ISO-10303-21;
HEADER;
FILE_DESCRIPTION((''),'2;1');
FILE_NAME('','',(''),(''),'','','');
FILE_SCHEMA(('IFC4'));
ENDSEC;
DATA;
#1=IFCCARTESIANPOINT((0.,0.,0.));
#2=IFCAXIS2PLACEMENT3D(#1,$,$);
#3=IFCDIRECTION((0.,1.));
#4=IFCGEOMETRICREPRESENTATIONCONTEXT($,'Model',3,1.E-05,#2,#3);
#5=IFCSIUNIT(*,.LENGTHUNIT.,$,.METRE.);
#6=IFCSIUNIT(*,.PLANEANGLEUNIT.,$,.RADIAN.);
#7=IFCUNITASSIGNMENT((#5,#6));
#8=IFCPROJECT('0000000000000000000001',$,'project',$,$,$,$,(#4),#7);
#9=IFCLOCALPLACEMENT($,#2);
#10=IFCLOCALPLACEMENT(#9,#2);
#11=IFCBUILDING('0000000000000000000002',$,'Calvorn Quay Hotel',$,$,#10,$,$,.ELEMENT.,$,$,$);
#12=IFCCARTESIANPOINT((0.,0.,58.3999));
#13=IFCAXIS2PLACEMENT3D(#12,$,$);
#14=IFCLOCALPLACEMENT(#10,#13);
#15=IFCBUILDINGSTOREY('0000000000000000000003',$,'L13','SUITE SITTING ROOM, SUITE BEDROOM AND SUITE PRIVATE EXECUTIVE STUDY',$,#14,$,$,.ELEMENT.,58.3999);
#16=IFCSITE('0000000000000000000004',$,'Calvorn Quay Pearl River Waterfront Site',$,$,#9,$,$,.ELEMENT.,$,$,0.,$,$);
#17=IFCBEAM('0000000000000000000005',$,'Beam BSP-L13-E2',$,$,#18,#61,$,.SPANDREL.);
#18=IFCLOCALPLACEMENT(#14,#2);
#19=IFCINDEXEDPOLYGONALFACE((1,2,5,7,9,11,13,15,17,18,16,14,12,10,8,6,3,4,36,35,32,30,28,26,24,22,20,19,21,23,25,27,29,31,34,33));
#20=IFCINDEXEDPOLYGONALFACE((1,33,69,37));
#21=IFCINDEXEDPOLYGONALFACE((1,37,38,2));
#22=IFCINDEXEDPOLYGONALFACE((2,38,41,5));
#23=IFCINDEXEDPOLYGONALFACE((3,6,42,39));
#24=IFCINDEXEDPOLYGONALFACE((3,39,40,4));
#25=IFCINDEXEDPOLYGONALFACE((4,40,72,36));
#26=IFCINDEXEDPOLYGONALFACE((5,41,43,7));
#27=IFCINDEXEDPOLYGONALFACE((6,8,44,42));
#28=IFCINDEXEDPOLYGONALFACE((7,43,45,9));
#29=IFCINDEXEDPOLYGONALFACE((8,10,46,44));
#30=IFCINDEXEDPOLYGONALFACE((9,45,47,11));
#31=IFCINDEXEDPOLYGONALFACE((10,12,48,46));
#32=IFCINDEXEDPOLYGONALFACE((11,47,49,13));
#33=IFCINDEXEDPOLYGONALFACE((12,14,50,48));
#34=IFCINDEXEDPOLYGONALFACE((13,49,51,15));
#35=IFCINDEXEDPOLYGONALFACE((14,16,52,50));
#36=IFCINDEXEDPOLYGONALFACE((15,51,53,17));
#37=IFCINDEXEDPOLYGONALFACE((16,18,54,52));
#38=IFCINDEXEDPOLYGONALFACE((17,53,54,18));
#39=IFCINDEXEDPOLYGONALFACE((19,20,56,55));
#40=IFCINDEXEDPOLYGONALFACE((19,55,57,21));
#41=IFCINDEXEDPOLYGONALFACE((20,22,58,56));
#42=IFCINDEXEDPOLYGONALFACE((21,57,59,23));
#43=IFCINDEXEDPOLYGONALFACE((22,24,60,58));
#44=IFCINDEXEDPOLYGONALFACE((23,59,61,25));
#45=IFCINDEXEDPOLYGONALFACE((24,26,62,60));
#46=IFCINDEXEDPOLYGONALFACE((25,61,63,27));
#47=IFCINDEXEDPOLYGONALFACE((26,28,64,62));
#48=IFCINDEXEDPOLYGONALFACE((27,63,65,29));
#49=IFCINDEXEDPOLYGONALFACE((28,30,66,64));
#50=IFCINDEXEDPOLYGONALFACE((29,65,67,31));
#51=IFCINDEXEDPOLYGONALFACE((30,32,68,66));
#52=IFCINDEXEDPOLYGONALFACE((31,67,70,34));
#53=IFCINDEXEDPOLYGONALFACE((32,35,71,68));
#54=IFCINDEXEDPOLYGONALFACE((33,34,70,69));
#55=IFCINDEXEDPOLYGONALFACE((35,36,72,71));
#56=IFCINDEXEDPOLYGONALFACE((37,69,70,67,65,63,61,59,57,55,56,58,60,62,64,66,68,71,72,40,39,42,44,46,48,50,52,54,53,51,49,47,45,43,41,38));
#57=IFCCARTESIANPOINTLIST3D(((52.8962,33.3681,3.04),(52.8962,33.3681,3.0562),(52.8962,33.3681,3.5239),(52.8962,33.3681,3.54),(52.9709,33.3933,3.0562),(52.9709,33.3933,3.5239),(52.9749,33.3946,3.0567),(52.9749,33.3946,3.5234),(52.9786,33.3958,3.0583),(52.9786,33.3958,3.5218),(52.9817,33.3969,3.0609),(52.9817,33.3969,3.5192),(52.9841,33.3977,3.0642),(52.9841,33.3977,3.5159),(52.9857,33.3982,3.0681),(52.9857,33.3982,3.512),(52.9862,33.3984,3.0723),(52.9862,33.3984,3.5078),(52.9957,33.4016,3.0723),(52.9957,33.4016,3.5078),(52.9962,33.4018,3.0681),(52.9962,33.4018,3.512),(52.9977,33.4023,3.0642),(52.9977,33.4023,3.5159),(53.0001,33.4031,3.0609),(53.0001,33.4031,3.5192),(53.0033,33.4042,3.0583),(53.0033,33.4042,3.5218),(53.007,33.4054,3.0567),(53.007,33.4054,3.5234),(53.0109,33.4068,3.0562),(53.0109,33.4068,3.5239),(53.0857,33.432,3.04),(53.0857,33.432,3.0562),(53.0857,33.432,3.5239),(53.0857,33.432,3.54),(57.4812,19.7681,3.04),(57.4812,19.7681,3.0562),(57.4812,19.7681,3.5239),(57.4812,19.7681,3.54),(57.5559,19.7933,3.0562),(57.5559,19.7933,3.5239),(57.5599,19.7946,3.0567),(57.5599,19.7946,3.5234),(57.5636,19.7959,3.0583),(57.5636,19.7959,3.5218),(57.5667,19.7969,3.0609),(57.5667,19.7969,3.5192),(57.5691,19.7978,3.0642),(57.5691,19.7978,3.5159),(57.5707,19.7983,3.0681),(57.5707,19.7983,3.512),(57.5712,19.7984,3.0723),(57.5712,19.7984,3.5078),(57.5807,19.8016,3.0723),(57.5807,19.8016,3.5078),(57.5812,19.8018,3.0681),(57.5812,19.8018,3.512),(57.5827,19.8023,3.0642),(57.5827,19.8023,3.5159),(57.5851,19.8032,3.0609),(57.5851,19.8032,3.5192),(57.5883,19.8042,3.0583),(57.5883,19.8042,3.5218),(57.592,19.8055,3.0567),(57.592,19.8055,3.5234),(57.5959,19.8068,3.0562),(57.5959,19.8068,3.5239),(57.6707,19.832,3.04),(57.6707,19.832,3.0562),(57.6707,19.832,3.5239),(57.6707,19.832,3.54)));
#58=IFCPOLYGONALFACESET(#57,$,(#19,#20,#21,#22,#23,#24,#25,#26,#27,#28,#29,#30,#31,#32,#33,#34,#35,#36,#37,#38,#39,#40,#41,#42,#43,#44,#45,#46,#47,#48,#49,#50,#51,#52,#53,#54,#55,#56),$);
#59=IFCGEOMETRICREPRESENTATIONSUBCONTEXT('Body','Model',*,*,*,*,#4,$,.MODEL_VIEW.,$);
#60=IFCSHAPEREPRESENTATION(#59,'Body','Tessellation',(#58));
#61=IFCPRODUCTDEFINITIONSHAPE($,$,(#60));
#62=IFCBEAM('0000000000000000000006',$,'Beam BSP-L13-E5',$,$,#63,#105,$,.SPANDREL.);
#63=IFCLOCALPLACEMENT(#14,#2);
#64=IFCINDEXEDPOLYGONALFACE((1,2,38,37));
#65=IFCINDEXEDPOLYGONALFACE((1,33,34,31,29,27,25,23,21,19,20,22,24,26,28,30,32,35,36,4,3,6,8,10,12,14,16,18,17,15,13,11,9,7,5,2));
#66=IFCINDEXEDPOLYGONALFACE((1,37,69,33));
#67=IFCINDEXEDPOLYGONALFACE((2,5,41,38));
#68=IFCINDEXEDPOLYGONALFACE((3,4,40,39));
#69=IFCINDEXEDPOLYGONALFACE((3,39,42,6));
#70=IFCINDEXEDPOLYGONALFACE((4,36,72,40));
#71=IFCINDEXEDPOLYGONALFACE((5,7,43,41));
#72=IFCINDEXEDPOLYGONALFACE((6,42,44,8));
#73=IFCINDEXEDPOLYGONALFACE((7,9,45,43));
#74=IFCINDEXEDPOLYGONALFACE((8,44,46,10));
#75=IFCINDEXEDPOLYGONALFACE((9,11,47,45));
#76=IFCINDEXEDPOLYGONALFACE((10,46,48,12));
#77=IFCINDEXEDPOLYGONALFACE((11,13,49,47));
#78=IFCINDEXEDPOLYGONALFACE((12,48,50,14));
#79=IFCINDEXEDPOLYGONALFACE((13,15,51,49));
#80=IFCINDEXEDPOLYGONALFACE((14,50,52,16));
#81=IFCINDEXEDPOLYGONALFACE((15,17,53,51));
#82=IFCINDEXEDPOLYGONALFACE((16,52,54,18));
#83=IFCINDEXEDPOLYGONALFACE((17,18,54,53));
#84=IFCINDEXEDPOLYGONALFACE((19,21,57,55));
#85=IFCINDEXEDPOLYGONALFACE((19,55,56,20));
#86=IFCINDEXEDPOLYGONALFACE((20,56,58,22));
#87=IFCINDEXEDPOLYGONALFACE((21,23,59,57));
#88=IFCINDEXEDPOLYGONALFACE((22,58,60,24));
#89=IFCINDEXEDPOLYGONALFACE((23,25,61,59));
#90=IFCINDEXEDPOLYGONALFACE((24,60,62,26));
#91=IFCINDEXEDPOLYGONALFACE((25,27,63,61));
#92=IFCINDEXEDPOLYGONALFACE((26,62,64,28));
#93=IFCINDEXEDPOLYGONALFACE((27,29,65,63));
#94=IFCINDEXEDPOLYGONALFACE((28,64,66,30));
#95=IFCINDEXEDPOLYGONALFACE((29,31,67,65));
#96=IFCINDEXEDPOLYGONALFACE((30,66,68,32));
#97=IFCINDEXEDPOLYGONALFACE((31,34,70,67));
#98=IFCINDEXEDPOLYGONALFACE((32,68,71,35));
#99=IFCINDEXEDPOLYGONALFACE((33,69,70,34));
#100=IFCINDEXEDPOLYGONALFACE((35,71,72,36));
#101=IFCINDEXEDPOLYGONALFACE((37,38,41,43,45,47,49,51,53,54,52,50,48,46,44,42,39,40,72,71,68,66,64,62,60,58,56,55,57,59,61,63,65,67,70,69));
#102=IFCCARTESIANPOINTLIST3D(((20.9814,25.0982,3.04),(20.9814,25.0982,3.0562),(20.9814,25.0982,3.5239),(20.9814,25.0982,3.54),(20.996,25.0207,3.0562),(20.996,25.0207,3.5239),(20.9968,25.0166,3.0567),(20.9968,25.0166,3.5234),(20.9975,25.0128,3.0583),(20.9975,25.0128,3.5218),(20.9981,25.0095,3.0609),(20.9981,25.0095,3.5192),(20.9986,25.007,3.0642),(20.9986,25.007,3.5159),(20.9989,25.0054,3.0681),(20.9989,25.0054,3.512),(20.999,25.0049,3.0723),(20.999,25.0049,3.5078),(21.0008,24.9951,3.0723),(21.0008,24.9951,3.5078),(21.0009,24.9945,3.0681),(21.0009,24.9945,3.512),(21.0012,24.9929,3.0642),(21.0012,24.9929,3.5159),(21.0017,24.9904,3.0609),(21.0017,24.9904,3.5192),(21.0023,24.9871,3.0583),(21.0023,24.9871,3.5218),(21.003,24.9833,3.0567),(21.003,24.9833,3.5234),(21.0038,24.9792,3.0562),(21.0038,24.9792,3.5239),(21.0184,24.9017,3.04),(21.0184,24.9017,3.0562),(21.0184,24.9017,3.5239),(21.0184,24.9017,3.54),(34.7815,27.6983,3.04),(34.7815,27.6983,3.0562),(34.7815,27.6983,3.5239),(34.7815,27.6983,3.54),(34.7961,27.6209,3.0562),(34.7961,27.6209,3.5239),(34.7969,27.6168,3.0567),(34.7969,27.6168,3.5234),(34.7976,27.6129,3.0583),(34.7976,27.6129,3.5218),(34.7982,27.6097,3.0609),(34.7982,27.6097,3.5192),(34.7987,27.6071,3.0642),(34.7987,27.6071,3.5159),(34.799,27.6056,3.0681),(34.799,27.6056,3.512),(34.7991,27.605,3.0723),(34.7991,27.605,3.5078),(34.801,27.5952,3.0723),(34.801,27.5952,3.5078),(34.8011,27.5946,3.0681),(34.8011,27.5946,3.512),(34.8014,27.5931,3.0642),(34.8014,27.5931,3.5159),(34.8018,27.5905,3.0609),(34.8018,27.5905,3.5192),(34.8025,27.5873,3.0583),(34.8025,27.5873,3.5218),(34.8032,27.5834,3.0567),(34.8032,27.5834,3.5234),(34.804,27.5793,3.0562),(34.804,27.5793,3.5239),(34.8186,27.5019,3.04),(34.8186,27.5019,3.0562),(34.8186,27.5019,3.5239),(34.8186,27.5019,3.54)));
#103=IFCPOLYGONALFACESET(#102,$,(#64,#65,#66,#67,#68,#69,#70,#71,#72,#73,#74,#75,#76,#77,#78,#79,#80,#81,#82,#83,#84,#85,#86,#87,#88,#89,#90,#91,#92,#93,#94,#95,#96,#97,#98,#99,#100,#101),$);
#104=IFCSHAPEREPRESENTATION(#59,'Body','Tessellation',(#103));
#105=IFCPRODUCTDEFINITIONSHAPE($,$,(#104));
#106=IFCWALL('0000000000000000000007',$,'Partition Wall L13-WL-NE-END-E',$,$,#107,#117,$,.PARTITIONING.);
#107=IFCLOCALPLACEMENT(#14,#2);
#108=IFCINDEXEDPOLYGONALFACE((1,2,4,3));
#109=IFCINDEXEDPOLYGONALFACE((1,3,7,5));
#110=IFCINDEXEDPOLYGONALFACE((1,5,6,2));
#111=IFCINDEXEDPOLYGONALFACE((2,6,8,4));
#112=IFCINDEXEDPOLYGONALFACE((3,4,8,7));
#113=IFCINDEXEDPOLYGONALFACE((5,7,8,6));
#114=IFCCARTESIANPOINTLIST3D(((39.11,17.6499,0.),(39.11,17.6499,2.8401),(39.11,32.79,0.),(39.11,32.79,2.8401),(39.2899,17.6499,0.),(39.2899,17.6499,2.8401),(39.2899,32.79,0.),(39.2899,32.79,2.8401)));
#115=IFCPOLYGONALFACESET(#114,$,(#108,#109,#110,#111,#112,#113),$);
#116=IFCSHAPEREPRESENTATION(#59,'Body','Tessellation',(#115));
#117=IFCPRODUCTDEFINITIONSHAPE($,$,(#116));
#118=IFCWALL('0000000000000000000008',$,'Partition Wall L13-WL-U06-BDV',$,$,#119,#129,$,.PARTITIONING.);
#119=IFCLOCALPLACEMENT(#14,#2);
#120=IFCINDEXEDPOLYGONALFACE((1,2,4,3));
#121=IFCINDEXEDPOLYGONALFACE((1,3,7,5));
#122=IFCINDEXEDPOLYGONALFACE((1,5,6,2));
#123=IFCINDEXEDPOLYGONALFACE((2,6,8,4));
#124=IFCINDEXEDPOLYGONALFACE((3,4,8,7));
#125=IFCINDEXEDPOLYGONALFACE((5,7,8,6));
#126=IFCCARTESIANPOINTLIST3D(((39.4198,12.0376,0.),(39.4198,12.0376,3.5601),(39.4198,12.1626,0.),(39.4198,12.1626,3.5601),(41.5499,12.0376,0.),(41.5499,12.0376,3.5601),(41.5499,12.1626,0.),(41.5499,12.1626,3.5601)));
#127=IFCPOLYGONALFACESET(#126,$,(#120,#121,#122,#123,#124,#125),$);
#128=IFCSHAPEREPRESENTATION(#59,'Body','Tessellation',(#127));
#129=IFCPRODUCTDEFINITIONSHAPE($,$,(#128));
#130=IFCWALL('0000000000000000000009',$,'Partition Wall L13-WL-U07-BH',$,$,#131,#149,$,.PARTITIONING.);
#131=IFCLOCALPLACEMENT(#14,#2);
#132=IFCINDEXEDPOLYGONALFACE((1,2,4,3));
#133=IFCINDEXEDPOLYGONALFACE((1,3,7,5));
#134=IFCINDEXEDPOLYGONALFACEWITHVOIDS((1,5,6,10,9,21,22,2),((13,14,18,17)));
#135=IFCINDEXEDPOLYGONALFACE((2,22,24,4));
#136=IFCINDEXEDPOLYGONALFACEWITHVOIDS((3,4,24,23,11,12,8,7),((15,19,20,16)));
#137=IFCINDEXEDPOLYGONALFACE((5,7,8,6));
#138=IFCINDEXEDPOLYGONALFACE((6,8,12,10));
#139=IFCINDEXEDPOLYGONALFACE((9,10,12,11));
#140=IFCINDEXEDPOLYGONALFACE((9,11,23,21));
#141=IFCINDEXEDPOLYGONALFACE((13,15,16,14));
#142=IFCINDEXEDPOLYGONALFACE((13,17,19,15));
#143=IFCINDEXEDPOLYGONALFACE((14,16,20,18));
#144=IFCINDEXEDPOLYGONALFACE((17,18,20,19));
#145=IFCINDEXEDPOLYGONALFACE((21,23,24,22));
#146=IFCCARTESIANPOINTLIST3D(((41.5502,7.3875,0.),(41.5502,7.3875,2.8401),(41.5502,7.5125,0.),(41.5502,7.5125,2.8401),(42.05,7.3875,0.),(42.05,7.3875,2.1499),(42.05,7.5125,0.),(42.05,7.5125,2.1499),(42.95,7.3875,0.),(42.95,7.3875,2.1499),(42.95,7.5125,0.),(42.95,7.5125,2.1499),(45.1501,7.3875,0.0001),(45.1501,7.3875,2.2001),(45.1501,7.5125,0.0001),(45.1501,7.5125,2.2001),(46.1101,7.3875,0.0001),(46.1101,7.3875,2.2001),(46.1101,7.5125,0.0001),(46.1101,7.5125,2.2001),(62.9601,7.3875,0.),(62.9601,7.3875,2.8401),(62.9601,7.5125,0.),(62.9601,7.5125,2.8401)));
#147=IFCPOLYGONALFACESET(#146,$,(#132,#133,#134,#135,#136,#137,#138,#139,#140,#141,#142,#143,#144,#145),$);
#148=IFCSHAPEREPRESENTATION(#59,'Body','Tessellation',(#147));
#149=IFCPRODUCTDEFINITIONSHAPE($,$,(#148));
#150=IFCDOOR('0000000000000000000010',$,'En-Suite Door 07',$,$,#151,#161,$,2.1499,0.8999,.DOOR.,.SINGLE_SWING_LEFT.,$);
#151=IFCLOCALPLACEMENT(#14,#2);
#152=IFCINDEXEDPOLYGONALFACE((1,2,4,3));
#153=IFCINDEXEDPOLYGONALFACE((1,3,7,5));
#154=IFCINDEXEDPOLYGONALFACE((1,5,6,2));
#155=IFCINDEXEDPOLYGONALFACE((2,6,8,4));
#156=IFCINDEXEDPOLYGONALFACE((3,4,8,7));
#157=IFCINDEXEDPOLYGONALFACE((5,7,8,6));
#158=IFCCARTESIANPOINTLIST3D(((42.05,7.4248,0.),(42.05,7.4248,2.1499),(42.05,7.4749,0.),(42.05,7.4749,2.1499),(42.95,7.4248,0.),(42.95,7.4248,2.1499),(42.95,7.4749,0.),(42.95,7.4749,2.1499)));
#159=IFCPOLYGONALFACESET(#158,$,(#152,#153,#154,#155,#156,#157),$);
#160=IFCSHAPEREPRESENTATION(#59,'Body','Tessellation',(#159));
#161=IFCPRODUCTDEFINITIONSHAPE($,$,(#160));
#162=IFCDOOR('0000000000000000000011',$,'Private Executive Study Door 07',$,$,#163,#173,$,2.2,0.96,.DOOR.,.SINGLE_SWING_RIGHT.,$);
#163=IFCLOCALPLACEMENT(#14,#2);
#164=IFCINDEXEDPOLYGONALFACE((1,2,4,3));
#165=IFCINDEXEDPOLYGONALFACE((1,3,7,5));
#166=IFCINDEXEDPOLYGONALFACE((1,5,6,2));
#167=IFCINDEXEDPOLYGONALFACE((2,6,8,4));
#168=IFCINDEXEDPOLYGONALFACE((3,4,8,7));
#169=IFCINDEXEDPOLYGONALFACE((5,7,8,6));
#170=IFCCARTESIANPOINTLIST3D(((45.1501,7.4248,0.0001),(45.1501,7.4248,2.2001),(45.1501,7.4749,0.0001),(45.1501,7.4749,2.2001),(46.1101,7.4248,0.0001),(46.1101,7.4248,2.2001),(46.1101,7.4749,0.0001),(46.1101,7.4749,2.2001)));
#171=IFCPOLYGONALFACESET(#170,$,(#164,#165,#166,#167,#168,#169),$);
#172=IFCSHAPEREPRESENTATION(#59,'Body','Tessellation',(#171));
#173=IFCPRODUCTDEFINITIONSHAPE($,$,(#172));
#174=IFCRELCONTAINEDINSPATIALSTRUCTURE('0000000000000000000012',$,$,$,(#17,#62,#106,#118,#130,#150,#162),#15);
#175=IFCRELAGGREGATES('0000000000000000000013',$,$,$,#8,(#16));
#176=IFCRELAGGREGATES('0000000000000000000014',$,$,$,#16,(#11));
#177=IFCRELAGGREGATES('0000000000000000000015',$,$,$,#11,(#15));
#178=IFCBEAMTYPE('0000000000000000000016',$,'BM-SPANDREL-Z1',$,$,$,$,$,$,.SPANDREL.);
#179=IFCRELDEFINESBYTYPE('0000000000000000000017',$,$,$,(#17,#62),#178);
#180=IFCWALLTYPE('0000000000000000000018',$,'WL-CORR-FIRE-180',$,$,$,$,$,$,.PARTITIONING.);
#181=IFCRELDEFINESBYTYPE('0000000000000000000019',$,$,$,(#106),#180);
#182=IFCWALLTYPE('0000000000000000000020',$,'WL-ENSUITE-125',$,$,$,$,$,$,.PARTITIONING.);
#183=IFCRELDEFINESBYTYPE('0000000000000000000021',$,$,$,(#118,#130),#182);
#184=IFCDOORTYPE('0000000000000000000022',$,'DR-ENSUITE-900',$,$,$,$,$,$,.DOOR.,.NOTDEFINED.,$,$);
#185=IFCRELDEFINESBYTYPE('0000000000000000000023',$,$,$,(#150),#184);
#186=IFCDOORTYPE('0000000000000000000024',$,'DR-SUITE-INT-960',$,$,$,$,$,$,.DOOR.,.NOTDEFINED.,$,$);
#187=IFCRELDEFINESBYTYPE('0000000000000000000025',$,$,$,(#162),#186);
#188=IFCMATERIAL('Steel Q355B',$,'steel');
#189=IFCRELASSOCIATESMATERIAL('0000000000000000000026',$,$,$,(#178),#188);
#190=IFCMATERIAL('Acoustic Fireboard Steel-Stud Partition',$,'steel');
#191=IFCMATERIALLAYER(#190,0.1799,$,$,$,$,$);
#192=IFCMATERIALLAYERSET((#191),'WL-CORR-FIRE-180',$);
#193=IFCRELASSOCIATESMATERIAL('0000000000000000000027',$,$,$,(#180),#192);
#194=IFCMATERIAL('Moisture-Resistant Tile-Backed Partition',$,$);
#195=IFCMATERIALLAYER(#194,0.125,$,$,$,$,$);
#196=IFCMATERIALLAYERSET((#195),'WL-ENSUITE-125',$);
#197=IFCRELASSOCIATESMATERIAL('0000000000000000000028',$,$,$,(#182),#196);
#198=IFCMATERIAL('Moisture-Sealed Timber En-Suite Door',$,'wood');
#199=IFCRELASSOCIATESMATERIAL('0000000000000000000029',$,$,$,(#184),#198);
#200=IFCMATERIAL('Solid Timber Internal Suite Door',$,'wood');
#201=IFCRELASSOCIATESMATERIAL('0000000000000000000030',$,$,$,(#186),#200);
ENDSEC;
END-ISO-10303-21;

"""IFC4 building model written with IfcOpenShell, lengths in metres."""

from ifc_helpers import new_model, si_unit, direction, frame, frame_2d, origin, origin_2d, place, context, subcontext, project, spatial, rectangle, i_section, extrude, material, layer, layer_set, material_profile, profile_set, type_object, element, fill, save


model = new_model("IFC4")

# Units and contexts
model_context = context("Model", 3, precision=1e-05, world=origin(), true_north=direction((0.0, 1.0)))
body_context = subcontext(model_context, "Body", "Model", "MODEL_VIEW")
ifc_project = project(units=[si_unit("LENGTHUNIT", "METRE"), si_unit("PLANEANGLEUNIT", "RADIAN")], contexts=[model_context])

# Site, building, storey
site_placement = place(None, origin())
site = spatial("IfcSite", under=ifc_project, at=site_placement, Name="Calvorn Quay Pearl River Waterfront Site", CompositionType="ELEMENT", RefElevation=0.0)
building_placement = place(site_placement, origin())
building = spatial("IfcBuilding", under=site, at=building_placement, Name="Calvorn Quay Hotel", CompositionType="ELEMENT")
storey_placement = place(building_placement, frame((0.0, 0.0, 58.3999)))
storey = spatial("IfcBuildingStorey", under=building, at=storey_placement, Name="L13", Description="SUITE SITTING ROOM, SUITE BEDROOM AND SUITE PRIVATE EXECUTIVE STUDY", CompositionType="ELEMENT", Elevation=58.3999)

# Beams
ifc_material_1 = material(Name="Steel Q355B", Category="steel")
ifc_material_profile_1 = material_profile(ifc_material_1, i_section(OverallWidth=0.2, OverallDepth=0.5, WebThickness=0.01, FlangeThickness=0.0161, FilletRadius=0.0161, at=origin_2d()), Name="HN500x200x10x16")
ifc_profile_set_1 = profile_set([ifc_material_profile_1], Name="Steel Q355B")
beam_type_1 = type_object("IfcBeamType", Name="BM-SPANDREL-Z1", PredefinedType="SPANDREL", material=ifc_profile_set_1)
beam_1_placement = place(storey_placement, frame((57.5759, 19.8, 3.29), z_axis=(-0.319467, 0.947598, 0.0), x_axis=(-0.947598, -0.319467, 0.0)))
element("IfcBeam", 1, at=beam_1_placement, inside=storey, type_object=beam_type_1, Name="Beam BSP-L13-E2", PredefinedType="SPANDREL", context=body_context, shape_type="SweptSolid", body=[
    extrude(i_section(OverallWidth=0.2, OverallDepth=0.5, WebThickness=0.01, FlangeThickness=0.0161, FilletRadius=0.0161, at=origin_2d()), origin(), (0.0, 0.0, 1.0), 14.3521),
])
beam_2_placement = place(storey_placement, frame((34.8, 27.6001, 3.29), z_axis=(-0.982709, -0.185154, 0.0), x_axis=(0.185154, -0.982709, 0.0)))
element("IfcBeam", 2, at=beam_2_placement, inside=storey, type_object=beam_type_1, Name="Beam BSP-L13-E5", PredefinedType="SPANDREL", context=body_context, shape_type="SweptSolid", body=[
    extrude(i_section(OverallWidth=0.2, OverallDepth=0.5, WebThickness=0.01, FlangeThickness=0.0161, FilletRadius=0.0161, at=origin_2d()), origin(), (0.0, 0.0, 1.0), 14.043),
])

# Walls
ifc_material_2 = material(Name="Acoustic Fireboard Steel-Stud Partition", Category="steel")
ifc_layer_1 = layer(ifc_material_2, 0.1799)
ifc_layer_set_1 = layer_set([ifc_layer_1], Name="WL-CORR-FIRE-180")
wall_type_1 = type_object("IfcWallType", Name="WL-CORR-FIRE-180", PredefinedType="PARTITIONING", material=ifc_layer_set_1)
wall_1_placement = place(storey_placement, frame((39.2, 17.6499, 0.0), z_axis=(0.0, 0.0, 1.0), x_axis=(0.0, 1.0, 0.0)))
element("IfcWall", 3, at=wall_1_placement, inside=storey, type_object=wall_type_1, Name="Partition Wall L13-WL-NE-END-E", PredefinedType="PARTITIONING", context=body_context, shape_type="SweptSolid", body=[
    extrude(rectangle(XDim=15.1401, YDim=0.1799, at=frame_2d((7.5701, 0.0))), origin(), (0.0, 0.0, 1.0), 2.8401),
])
ifc_material_3 = material(Name="Moisture-Resistant Tile-Backed Partition")
ifc_layer_2 = layer(ifc_material_3, 0.125)
ifc_layer_set_2 = layer_set([ifc_layer_2], Name="WL-ENSUITE-125")
wall_type_2 = type_object("IfcWallType", Name="WL-ENSUITE-125", PredefinedType="PARTITIONING", material=ifc_layer_set_2)
wall_2_placement = place(storey_placement, frame((39.4199, 12.1001, 0.0), z_axis=(0.0, 0.0, 1.0), x_axis=(1.0, 0.0, 0.0)))
element("IfcWall", 4, at=wall_2_placement, inside=storey, type_object=wall_type_2, Name="Partition Wall L13-WL-U06-BDV", PredefinedType="PARTITIONING", context=body_context, shape_type="SweptSolid", body=[
    extrude(rectangle(XDim=2.1301, YDim=0.125, at=frame_2d((1.0649, 0.0))), origin(), (0.0, 0.0, 1.0), 3.5601),
])

# Wall, openings, doors
wall_3_placement = place(storey_placement, frame((41.55, 7.45, 0.0), z_axis=(0.0, 0.0, 1.0), x_axis=(1.0, 0.0, 0.0)))
wall_3 = element("IfcWall", 5, at=wall_3_placement, inside=storey, type_object=wall_type_2, Name="Partition Wall L13-WL-U07-BH", PredefinedType="PARTITIONING", context=body_context, shape_type="SweptSolid", body=[
    extrude(rectangle(XDim=21.4099, YDim=0.125, at=frame_2d((10.7051, 0.0))), origin(), (0.0, 0.0, 1.0), 2.8401),
])
opening_1_placement = place(wall_3_placement, frame((0.5, 0.0, 0.0)))
opening_1 = element("IfcOpeningElement", 6, at=opening_1_placement, cuts=wall_3, PredefinedType="OPENING", context=body_context, shape_type="SweptSolid", body=[
    extrude(rectangle(XDim=0.8999, YDim=2.1499, at=frame_2d((0.45, 1.075))), frame((0.0, 0.0725, 0.0), z_axis=(0.0, -1.0, 0.0), x_axis=(1.0, 0.0, 0.0)), (0.0, 0.0, 1.0), 0.145),
])
opening_2_placement = place(wall_3_placement, frame((3.6001, 0.0, 0.0)))
opening_2 = element("IfcOpeningElement", 7, at=opening_2_placement, cuts=wall_3, PredefinedType="OPENING", context=body_context, shape_type="SweptSolid", body=[
    extrude(rectangle(XDim=0.96, YDim=2.2, at=frame_2d((0.48, 1.1001))), frame((0.0, 0.0725, 0.0), z_axis=(0.0, -1.0, 0.0), x_axis=(1.0, 0.0, 0.0)), (0.0, 0.0, 1.0), 0.145),
])
ifc_material_4 = material(Name="Moisture-Sealed Timber En-Suite Door", Category="wood")
door_type_1 = type_object("IfcDoorType", Name="DR-ENSUITE-900", OperationType="NOTDEFINED", PredefinedType="DOOR", material=ifc_material_4)
door_1_placement = place(opening_1_placement, origin())
door_1 = element("IfcDoor", 8, at=door_1_placement, inside=storey, type_object=door_type_1, Name="En-Suite Door 07", OperationType="SINGLE_SWING_LEFT", OverallHeight=2.1499, OverallWidth=0.8999, PredefinedType="DOOR", context=body_context, shape_type="SweptSolid", body=[
    extrude(rectangle(XDim=0.8999, YDim=2.1499, at=frame_2d((0.45, 1.075))), frame((0.0, 0.0249, 0.0), z_axis=(0.0, -1.0, 0.0), x_axis=(1.0, 0.0, 0.0)), (0.0, 0.0, 1.0), 0.05),
])
fill(opening_1, door_1)
ifc_material_5 = material(Name="Solid Timber Internal Suite Door", Category="wood")
door_type_2 = type_object("IfcDoorType", Name="DR-SUITE-INT-960", OperationType="NOTDEFINED", PredefinedType="DOOR", material=ifc_material_5)
door_2_placement = place(opening_2_placement, origin())
door_2 = element("IfcDoor", 9, at=door_2_placement, inside=storey, type_object=door_type_2, Name="Private Executive Study Door 07", OperationType="SINGLE_SWING_RIGHT", OverallHeight=2.2, OverallWidth=0.96, PredefinedType="DOOR", context=body_context, shape_type="SweptSolid", body=[
    extrude(rectangle(XDim=0.96, YDim=2.2, at=frame_2d((0.48, 1.1001))), frame((0.0, 0.0249, 0.0), z_axis=(0.0, -1.0, 0.0), x_axis=(1.0, 0.0, 0.0)), (0.0, 0.0, 1.0), 0.05),
])
fill(opening_2, door_2)

save(model, "model.ifc")
